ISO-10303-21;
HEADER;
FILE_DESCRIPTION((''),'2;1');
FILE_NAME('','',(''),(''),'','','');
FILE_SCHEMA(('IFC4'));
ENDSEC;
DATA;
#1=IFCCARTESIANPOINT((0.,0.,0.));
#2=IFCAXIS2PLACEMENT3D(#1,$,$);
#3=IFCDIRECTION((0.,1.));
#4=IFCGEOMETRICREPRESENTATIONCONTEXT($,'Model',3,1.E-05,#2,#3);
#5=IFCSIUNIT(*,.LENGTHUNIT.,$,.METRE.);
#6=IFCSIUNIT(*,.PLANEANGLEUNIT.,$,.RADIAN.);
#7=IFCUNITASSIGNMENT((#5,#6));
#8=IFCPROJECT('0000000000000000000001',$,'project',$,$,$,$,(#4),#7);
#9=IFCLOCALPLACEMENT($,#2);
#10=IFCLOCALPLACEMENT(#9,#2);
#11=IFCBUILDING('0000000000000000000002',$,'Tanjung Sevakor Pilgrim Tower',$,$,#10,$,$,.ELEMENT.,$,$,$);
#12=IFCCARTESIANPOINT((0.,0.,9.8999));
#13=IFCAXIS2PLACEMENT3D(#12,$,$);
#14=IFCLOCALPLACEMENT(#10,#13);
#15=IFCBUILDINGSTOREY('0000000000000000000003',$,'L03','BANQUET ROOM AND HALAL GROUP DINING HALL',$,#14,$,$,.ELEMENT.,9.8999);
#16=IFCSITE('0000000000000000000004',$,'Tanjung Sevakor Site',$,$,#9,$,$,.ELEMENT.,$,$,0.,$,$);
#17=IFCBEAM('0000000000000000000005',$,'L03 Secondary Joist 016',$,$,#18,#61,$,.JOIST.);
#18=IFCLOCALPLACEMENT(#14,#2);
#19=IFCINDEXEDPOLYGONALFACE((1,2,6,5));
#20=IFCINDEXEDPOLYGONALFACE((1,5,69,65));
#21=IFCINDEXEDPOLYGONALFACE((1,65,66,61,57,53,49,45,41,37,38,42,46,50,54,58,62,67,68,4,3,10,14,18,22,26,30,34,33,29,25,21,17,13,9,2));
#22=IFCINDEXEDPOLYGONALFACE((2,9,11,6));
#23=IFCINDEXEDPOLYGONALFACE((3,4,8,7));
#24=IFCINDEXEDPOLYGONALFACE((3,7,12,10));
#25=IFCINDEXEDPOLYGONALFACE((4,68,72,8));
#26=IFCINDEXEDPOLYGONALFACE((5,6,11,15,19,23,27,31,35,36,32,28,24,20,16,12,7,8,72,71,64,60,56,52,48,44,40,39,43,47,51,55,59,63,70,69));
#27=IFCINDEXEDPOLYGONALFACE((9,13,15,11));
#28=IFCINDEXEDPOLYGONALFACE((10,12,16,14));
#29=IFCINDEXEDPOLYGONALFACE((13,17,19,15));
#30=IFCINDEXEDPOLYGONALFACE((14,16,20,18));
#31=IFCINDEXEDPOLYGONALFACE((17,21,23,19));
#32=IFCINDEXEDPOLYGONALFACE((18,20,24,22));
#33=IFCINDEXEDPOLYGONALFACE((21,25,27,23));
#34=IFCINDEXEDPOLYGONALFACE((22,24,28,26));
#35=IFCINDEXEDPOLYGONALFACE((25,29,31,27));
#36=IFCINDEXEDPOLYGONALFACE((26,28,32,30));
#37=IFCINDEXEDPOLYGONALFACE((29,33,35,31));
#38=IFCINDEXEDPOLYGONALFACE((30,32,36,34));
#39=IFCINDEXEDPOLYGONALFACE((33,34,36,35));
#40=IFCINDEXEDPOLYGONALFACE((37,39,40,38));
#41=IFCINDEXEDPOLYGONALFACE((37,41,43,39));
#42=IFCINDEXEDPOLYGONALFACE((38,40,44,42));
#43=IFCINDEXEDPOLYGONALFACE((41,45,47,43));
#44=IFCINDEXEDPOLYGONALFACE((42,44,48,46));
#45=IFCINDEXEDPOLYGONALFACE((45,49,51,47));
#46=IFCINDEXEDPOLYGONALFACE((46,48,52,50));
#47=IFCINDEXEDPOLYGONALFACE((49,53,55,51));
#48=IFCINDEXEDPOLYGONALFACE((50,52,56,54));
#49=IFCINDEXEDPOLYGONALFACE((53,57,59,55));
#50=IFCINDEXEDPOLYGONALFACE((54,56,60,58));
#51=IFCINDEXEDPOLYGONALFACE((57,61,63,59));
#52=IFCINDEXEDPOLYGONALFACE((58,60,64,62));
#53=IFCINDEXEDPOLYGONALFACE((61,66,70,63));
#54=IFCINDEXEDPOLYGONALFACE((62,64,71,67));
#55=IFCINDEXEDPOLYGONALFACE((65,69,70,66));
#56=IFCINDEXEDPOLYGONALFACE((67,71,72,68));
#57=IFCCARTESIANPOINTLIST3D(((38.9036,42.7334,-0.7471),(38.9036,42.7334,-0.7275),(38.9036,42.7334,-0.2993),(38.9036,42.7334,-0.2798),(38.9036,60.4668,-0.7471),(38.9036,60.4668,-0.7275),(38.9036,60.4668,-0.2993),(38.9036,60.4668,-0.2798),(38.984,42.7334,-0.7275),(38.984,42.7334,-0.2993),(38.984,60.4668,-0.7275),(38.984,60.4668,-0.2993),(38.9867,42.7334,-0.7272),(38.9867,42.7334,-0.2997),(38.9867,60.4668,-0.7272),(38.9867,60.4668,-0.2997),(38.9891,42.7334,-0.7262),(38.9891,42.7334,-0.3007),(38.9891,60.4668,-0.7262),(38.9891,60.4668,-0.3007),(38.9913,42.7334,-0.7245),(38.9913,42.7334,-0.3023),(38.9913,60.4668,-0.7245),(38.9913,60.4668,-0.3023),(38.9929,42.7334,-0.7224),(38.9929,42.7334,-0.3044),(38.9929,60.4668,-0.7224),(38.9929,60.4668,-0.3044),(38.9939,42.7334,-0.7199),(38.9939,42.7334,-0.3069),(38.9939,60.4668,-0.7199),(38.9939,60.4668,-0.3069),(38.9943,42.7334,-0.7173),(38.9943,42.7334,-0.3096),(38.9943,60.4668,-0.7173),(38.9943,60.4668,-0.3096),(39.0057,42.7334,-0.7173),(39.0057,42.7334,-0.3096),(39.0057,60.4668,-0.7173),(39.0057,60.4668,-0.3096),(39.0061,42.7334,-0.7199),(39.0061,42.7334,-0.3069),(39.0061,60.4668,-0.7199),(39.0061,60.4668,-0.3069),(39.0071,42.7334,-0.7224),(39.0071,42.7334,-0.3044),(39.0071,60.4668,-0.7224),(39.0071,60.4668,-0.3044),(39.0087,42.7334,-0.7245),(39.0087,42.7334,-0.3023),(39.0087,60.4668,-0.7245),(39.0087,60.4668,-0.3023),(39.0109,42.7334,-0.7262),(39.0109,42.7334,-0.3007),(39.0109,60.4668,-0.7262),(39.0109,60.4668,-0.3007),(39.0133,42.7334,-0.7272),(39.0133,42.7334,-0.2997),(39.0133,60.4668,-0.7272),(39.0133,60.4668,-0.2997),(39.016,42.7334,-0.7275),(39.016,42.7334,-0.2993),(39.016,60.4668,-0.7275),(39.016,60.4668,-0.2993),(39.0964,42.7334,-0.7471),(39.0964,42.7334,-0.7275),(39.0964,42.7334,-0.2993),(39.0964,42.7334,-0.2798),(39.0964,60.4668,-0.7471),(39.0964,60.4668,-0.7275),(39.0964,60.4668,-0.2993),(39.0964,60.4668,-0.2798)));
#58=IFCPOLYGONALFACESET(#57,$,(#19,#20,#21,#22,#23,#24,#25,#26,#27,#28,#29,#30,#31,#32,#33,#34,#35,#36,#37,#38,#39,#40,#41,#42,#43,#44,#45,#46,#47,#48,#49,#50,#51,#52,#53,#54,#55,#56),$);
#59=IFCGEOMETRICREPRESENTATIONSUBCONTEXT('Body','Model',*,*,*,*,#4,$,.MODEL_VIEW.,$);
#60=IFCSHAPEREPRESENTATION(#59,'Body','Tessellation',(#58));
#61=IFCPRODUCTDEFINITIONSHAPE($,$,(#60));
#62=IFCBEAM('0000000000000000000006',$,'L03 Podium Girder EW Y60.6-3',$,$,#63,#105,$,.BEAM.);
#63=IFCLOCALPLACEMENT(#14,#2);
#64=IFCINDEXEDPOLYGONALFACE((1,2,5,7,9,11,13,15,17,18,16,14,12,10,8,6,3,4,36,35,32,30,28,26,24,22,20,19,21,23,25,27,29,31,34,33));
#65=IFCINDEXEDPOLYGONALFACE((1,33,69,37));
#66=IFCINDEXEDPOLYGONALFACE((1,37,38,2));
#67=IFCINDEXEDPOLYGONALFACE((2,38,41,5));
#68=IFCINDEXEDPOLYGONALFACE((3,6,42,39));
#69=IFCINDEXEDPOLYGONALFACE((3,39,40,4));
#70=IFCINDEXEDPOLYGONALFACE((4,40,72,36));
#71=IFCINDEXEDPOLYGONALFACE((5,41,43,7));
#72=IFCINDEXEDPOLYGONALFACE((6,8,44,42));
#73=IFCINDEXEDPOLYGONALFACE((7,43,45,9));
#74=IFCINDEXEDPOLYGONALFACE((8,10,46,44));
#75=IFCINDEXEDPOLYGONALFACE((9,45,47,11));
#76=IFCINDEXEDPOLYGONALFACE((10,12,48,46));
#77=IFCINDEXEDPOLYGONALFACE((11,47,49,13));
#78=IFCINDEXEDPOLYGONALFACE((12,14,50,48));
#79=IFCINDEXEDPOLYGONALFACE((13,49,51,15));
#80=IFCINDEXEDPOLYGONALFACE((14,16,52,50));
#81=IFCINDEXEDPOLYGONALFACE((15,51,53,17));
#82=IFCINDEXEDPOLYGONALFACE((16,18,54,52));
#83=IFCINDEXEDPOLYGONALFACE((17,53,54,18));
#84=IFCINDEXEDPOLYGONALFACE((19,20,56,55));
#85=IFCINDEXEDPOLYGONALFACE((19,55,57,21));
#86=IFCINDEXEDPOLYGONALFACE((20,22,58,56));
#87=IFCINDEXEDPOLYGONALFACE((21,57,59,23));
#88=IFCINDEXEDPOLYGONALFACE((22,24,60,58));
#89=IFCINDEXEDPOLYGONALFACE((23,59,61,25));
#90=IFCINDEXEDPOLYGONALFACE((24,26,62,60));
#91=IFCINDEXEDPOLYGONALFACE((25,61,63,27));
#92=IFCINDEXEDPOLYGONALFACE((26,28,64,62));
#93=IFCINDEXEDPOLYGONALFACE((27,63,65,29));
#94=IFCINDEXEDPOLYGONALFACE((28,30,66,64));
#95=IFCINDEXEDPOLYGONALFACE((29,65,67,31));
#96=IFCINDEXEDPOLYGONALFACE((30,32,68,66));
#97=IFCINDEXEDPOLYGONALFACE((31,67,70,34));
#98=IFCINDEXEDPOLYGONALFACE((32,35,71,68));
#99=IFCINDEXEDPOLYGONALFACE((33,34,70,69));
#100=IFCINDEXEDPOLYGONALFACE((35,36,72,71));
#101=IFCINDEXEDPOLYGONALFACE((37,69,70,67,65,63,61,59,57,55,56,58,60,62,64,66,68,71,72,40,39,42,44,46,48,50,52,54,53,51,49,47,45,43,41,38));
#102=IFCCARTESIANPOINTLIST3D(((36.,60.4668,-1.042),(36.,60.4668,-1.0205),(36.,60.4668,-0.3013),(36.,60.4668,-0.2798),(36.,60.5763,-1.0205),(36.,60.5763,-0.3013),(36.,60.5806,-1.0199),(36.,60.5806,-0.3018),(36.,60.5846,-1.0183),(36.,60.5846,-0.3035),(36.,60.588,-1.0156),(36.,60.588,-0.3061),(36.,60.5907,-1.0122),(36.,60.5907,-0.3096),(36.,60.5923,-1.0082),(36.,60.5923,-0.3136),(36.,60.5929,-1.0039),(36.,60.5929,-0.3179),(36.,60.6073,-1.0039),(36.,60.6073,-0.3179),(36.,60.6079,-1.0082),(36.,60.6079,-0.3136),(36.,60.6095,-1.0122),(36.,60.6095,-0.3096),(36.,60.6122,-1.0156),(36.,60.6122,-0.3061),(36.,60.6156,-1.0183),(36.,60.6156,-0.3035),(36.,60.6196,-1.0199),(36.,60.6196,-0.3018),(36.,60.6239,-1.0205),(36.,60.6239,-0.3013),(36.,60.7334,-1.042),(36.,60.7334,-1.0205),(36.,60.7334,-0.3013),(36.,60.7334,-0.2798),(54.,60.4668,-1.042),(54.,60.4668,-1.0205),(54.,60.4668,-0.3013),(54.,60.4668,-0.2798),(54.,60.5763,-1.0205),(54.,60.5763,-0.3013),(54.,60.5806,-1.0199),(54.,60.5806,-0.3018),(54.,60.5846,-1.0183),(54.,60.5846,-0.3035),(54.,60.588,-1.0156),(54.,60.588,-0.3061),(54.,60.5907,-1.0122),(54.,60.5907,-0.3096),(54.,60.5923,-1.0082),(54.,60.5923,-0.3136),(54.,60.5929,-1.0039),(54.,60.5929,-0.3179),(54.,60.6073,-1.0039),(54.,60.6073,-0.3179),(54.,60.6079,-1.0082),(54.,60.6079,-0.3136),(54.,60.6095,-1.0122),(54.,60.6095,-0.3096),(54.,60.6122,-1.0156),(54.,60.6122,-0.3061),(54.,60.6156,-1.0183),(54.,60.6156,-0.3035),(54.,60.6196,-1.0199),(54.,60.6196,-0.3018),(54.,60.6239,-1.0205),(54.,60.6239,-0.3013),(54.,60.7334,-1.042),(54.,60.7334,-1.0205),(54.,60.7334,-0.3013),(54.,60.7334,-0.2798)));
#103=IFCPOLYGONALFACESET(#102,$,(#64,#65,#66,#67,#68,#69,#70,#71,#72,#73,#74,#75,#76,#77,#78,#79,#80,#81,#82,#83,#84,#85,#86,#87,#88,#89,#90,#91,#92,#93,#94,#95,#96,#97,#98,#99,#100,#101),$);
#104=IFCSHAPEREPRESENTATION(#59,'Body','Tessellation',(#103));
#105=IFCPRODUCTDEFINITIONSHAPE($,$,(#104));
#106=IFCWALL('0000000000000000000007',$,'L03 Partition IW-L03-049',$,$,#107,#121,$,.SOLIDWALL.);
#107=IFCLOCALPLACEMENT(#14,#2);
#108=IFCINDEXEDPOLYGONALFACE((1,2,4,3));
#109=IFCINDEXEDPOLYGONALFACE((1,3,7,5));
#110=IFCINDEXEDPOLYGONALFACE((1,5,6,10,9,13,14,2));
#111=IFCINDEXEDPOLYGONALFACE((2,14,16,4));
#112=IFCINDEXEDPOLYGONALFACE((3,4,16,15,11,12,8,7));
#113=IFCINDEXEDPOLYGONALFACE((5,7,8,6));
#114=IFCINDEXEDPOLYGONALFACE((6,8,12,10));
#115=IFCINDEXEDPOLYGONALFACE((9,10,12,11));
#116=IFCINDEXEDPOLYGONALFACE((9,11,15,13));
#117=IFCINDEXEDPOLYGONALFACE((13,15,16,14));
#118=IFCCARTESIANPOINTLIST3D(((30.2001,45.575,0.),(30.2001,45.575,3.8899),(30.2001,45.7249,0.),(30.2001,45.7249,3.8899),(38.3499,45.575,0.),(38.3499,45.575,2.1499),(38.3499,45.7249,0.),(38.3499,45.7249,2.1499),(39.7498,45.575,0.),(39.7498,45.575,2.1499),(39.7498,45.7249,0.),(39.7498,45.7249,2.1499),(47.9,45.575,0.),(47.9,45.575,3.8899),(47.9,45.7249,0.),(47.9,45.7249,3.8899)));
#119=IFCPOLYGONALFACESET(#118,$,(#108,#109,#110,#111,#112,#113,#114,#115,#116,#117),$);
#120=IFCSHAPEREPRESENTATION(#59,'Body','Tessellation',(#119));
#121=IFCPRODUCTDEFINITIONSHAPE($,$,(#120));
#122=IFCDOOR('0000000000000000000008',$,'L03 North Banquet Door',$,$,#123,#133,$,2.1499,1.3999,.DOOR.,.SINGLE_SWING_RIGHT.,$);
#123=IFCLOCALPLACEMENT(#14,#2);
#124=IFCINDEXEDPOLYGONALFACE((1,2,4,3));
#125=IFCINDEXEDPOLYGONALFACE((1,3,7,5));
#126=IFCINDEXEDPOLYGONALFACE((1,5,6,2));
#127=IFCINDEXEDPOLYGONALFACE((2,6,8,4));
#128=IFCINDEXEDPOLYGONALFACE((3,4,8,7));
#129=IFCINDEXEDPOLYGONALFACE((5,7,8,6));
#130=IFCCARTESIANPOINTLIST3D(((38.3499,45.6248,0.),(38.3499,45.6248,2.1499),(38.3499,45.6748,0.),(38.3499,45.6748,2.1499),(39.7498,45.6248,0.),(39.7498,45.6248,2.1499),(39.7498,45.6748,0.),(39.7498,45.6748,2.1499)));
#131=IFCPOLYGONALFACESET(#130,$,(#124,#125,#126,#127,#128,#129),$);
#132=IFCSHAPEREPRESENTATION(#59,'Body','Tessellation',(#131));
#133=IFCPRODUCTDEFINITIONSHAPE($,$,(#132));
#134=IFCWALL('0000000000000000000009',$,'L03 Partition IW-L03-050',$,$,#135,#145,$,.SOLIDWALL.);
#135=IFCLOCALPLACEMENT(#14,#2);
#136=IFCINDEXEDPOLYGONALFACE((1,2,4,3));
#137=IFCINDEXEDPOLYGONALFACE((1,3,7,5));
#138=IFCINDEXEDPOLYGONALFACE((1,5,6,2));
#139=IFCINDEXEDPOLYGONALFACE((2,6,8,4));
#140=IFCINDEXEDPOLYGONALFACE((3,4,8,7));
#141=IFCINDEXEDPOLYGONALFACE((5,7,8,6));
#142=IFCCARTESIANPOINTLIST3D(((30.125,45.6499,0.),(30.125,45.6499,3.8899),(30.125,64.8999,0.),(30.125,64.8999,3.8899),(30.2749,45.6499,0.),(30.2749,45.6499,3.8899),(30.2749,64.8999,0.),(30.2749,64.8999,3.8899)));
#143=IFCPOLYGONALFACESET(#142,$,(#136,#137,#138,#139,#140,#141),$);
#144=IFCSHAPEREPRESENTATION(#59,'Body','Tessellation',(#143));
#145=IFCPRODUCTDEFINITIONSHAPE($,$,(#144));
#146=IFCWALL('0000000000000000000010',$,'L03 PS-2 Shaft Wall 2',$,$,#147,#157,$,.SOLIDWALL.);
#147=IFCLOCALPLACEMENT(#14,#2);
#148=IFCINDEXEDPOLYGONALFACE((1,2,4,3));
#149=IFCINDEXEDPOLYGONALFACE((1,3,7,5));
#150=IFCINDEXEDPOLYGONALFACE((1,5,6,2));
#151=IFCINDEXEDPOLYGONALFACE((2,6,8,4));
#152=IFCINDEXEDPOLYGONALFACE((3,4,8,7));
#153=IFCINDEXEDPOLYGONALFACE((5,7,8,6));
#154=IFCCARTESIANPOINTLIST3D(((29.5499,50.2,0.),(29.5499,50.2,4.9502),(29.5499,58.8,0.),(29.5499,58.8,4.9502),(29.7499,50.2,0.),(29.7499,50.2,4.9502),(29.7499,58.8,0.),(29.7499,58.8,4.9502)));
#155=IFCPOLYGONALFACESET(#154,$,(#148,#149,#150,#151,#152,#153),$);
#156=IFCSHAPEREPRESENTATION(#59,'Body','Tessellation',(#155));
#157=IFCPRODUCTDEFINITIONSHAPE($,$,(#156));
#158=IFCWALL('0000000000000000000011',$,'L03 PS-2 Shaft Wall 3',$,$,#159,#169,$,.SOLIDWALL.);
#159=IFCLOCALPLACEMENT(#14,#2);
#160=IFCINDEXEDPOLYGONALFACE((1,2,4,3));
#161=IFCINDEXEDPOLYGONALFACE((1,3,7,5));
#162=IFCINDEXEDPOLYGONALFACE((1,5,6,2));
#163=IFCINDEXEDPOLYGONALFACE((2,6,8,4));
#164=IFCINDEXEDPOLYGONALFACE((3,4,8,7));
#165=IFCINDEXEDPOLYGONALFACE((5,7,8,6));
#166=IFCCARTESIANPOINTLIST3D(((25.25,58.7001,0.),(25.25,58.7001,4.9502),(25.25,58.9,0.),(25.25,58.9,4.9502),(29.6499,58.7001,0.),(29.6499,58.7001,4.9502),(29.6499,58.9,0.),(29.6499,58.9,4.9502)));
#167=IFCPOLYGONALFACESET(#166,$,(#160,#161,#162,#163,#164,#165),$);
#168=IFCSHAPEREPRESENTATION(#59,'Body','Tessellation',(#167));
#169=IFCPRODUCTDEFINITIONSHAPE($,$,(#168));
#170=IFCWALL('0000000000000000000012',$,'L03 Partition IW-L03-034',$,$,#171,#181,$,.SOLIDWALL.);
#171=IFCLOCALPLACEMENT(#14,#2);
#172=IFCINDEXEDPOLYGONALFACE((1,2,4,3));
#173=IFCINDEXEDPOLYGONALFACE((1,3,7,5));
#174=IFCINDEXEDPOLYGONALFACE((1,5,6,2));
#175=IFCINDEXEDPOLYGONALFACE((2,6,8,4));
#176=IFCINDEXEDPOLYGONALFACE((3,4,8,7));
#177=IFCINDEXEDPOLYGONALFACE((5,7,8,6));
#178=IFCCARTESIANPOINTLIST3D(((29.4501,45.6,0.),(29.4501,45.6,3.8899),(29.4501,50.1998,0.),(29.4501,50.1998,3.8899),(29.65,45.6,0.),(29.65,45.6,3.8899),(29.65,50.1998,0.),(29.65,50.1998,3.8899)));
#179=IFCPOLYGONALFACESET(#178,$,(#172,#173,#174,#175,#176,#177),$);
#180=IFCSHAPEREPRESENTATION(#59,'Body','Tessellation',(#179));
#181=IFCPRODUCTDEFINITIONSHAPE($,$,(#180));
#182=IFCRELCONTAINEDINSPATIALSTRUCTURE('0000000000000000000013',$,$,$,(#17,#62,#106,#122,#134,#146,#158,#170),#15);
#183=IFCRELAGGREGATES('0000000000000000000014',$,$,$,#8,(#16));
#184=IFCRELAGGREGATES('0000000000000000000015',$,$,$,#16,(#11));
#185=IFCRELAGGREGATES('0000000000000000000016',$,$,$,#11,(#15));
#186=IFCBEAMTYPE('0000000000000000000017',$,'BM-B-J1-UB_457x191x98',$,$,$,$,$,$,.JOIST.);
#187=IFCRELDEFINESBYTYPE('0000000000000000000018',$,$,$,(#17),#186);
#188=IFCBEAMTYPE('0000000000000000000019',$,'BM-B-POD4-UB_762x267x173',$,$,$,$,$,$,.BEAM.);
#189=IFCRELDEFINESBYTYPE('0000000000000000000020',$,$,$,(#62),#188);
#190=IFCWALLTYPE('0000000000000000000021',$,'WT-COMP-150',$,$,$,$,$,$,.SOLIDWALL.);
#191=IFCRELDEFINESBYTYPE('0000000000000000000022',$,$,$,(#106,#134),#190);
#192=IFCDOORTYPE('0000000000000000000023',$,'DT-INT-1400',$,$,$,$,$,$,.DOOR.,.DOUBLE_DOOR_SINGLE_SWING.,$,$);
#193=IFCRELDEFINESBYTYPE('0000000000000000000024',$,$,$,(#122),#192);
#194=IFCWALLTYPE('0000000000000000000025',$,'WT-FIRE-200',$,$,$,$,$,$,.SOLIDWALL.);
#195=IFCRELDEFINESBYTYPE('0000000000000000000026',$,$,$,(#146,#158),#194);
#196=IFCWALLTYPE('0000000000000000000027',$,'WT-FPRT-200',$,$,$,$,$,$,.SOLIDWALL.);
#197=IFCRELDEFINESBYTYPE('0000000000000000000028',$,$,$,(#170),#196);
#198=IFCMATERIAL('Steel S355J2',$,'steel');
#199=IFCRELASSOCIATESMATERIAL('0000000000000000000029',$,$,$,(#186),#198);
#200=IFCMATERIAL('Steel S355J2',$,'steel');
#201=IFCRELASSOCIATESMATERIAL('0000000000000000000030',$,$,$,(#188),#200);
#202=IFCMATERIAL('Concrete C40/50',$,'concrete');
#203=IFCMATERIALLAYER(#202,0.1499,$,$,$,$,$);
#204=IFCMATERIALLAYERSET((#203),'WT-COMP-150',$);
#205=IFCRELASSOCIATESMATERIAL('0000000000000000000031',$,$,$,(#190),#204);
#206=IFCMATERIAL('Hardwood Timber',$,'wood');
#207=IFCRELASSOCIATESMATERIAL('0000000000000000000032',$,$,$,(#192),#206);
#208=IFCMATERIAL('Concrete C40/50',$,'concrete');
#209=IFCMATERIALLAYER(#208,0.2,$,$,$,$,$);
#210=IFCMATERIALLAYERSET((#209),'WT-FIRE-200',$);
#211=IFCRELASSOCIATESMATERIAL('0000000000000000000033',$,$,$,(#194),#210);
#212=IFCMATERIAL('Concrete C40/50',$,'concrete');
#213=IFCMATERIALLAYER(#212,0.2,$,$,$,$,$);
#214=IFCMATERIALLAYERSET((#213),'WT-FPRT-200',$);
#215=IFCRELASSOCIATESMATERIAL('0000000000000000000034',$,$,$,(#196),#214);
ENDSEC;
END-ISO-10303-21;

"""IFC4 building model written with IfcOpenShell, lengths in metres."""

from ifc_helpers import new_model, si_unit, direction, frame, frame_2d, origin, origin_2d, place, context, subcontext, project, spatial, rectangle, i_section, extrude, material, layer, layer_set, material_profile, profile_set, type_object, element, fill, save


model = new_model("IFC4")

# Units and contexts
model_context = context("Model", 3, precision=1e-05, world=origin(), true_north=direction((0.0, 1.0)))
body_context = subcontext(model_context, "Body", "Model", "MODEL_VIEW")
ifc_project = project(units=[si_unit("LENGTHUNIT", "METRE"), si_unit("PLANEANGLEUNIT", "RADIAN")], contexts=[model_context])

# Site, building, storey
site_placement = place(None, origin())
site = spatial("IfcSite", under=ifc_project, at=site_placement, Name="Tanjung Sevakor Site", CompositionType="ELEMENT", RefElevation=0.0)
building_placement = place(site_placement, origin())
building = spatial("IfcBuilding", under=site, at=building_placement, Name="Tanjung Sevakor Pilgrim Tower", CompositionType="ELEMENT")
storey_placement = place(building_placement, frame((0.0, 0.0, 9.8999)))
storey = spatial("IfcBuildingStorey", under=building, at=storey_placement, Name="L03", Description="BANQUET ROOM AND HALAL GROUP DINING HALL", CompositionType="ELEMENT", Elevation=9.8999)

# Beams
ifc_material_1 = material(Name="Steel S355J2", Category="steel")
ifc_material_profile_1 = material_profile(ifc_material_1, i_section(OverallWidth=0.1929, OverallDepth=0.4673, WebThickness=0.0115, FlangeThickness=0.0195, FilletRadius=0.0103, at=origin_2d()))
ifc_profile_set_1 = profile_set([ifc_material_profile_1], Name="Steel S355J2")
beam_type_1 = type_object("IfcBeamType", Name="BM-B-J1-UB_457x191x98", PredefinedType="JOIST", material=ifc_profile_set_1)
for number, where, z_axis, x_axis, name in (
    (1, (39.0, 42.7334, -0.5134), (0.0, 1.0, 0.0), (-1.0, 0.0, 0.0), "L03 Secondary Joist 016"),
):
    element("IfcBeam", number, at=place(storey_placement, frame(where, z_axis=z_axis, x_axis=x_axis)), inside=storey, type_object=beam_type_1, Name=name, PredefinedType="JOIST", context=body_context, shape_type="SweptSolid", body=[
        extrude(i_section(OverallWidth=0.1929, OverallDepth=0.4673, WebThickness=0.0115, FlangeThickness=0.0195, FilletRadius=0.0103, at=origin_2d()), origin(), (0.0, 0.0, 1.0), 17.7334),
    ])
ifc_material_2 = material(Name="Steel S355J2", Category="steel")
ifc_material_profile_2 = material_profile(ifc_material_2, i_section(OverallWidth=0.2666, OverallDepth=0.7622, WebThickness=0.0144, FlangeThickness=0.0215, FilletRadius=0.0166, at=origin_2d()))
ifc_profile_set_2 = profile_set([ifc_material_profile_2], Name="Steel S355J2")
beam_type_2 = type_object("IfcBeamType", Name="BM-B-POD4-UB_762x267x173", PredefinedType="BEAM", material=ifc_profile_set_2)
beam_placement = place(storey_placement, frame((36.0, 60.6001, -0.6609), z_axis=(1.0, 0.0, 0.0), x_axis=(0.0, 1.0, 0.0)))
element("IfcBeam", 2, at=beam_placement, inside=storey, type_object=beam_type_2, Name="L03 Podium Girder EW Y60.6-3", PredefinedType="BEAM", context=body_context, shape_type="SweptSolid", body=[
    extrude(i_section(OverallWidth=0.2666, OverallDepth=0.7622, WebThickness=0.0144, FlangeThickness=0.0215, FilletRadius=0.0166, at=origin_2d()), origin(), (0.0, 0.0, 1.0), 18.0),
])

# Wall, opening, door
ifc_material_3 = material(Name="Concrete C40/50", Category="concrete")
ifc_layer_1 = layer(ifc_material_3, 0.1499)
ifc_layer_set_1 = layer_set([ifc_layer_1], Name="WT-COMP-150")
wall_type_1 = type_object("IfcWallType", Name="WT-COMP-150", PredefinedType="SOLIDWALL", material=ifc_layer_set_1)
wall_1_placement = place(storey_placement, frame((30.2, 45.6499, 0.0), z_axis=(0.0, 0.0, 1.0), x_axis=(1.0, 0.0, 0.0)))
wall_1 = element("IfcWall", 3, at=wall_1_placement, inside=storey, type_object=wall_type_1, Name="L03 Partition IW-L03-049", PredefinedType="SOLIDWALL", context=body_context, shape_type="SweptSolid", body=[
    extrude(rectangle(XDim=17.7, YDim=0.1499, at=frame_2d((8.8501, 0.0))), origin(), (0.0, 0.0, 1.0), 3.8899),
])
opening_placement = place(wall_1_placement, frame((8.1499, 0.0, 0.0)))
opening = element("IfcOpeningElement", 4, at=opening_placement, cuts=wall_1, PredefinedType="OPENING", context=body_context, shape_type="SweptSolid", body=[
    extrude(rectangle(XDim=1.3999, YDim=2.1499, at=frame_2d((0.7, 1.075))), frame((0.0, 0.085, 0.0), z_axis=(0.0, -1.0, 0.0), x_axis=(1.0, 0.0, 0.0)), (0.0, 0.0, 1.0), 0.1699),
])
ifc_material_4 = material(Name="Hardwood Timber", Category="wood")
door_type = type_object("IfcDoorType", Name="DT-INT-1400", OperationType="DOUBLE_DOOR_SINGLE_SWING", PredefinedType="DOOR", material=ifc_material_4)
door_placement = place(opening_placement, origin())
door = element("IfcDoor", 5, at=door_placement, inside=storey, type_object=door_type, Name="L03 North Banquet Door", OperationType="SINGLE_SWING_RIGHT", OverallHeight=2.1499, OverallWidth=1.3999, PredefinedType="DOOR", context=body_context, shape_type="SweptSolid", body=[
    extrude(rectangle(XDim=1.3999, YDim=2.1499, at=frame_2d((0.7, 1.075))), frame((0.0, 0.0249, 0.0), z_axis=(0.0, -1.0, 0.0), x_axis=(1.0, 0.0, 0.0)), (0.0, 0.0, 1.0), 0.05),
])
fill(opening, door)

# Walls
wall_2_placement = place(storey_placement, frame((30.2, 45.6499, 0.0), z_axis=(0.0, 0.0, 1.0), x_axis=(0.0, 1.0, 0.0)))
element("IfcWall", 6, at=wall_2_placement, inside=storey, type_object=wall_type_1, Name="L03 Partition IW-L03-050", PredefinedType="SOLIDWALL", context=body_context, shape_type="SweptSolid", body=[
    extrude(rectangle(XDim=19.25, YDim=0.1499, at=frame_2d((9.625, 0.0))), origin(), (0.0, 0.0, 1.0), 3.8899),
])
ifc_material_5 = material(Name="Concrete C40/50", Category="concrete")
ifc_layer_2 = layer(ifc_material_5, 0.2)
ifc_layer_set_2 = layer_set([ifc_layer_2], Name="WT-FIRE-200")
wall_type_2 = type_object("IfcWallType", Name="WT-FIRE-200", PredefinedType="SOLIDWALL", material=ifc_layer_set_2)
wall_3_placement = place(storey_placement, frame((29.6499, 50.2, 0.0), z_axis=(0.0, 0.0, 1.0), x_axis=(0.0, 1.0, 0.0)))
element("IfcWall", 7, at=wall_3_placement, inside=storey, type_object=wall_type_2, Name="L03 PS-2 Shaft Wall 2", PredefinedType="SOLIDWALL", context=body_context, shape_type="SweptSolid", body=[
    extrude(rectangle(XDim=8.6001, YDim=0.2, at=frame_2d((4.3, 0.0))), origin(), (0.0, 0.0, 1.0), 4.9502),
])
wall_4_placement = place(storey_placement, frame((29.6499, 58.8, 0.0), z_axis=(0.0, 0.0, 1.0), x_axis=(-1.0, 0.0, 0.0)))
element("IfcWall", 8, at=wall_4_placement, inside=storey, type_object=wall_type_2, Name="L03 PS-2 Shaft Wall 3", PredefinedType="SOLIDWALL", context=body_context, shape_type="SweptSolid", body=[
    extrude(rectangle(XDim=4.3999, YDim=0.2, at=frame_2d((2.2, 0.0))), origin(), (0.0, 0.0, 1.0), 4.9502),
])
ifc_material_6 = material(Name="Concrete C40/50", Category="concrete")
ifc_layer_3 = layer(ifc_material_6, 0.2)
ifc_layer_set_3 = layer_set([ifc_layer_3], Name="WT-FPRT-200")
wall_type_3 = type_object("IfcWallType", Name="WT-FPRT-200", PredefinedType="SOLIDWALL", material=ifc_layer_set_3)
wall_5_placement = place(storey_placement, frame((29.55, 45.6001, 0.0), z_axis=(0.0, 0.0, 1.0), x_axis=(0.0, 1.0, 0.0)))
element("IfcWall", 9, at=wall_5_placement, inside=storey, type_object=wall_type_3, Name="L03 Partition IW-L03-034", PredefinedType="SOLIDWALL", context=body_context, shape_type="SweptSolid", body=[
    extrude(rectangle(XDim=4.5999, YDim=0.2, at=frame_2d((2.2998, 0.0))), origin(), (0.0, 0.0, 1.0), 3.8899),
])

save(model, "model.ifc")
